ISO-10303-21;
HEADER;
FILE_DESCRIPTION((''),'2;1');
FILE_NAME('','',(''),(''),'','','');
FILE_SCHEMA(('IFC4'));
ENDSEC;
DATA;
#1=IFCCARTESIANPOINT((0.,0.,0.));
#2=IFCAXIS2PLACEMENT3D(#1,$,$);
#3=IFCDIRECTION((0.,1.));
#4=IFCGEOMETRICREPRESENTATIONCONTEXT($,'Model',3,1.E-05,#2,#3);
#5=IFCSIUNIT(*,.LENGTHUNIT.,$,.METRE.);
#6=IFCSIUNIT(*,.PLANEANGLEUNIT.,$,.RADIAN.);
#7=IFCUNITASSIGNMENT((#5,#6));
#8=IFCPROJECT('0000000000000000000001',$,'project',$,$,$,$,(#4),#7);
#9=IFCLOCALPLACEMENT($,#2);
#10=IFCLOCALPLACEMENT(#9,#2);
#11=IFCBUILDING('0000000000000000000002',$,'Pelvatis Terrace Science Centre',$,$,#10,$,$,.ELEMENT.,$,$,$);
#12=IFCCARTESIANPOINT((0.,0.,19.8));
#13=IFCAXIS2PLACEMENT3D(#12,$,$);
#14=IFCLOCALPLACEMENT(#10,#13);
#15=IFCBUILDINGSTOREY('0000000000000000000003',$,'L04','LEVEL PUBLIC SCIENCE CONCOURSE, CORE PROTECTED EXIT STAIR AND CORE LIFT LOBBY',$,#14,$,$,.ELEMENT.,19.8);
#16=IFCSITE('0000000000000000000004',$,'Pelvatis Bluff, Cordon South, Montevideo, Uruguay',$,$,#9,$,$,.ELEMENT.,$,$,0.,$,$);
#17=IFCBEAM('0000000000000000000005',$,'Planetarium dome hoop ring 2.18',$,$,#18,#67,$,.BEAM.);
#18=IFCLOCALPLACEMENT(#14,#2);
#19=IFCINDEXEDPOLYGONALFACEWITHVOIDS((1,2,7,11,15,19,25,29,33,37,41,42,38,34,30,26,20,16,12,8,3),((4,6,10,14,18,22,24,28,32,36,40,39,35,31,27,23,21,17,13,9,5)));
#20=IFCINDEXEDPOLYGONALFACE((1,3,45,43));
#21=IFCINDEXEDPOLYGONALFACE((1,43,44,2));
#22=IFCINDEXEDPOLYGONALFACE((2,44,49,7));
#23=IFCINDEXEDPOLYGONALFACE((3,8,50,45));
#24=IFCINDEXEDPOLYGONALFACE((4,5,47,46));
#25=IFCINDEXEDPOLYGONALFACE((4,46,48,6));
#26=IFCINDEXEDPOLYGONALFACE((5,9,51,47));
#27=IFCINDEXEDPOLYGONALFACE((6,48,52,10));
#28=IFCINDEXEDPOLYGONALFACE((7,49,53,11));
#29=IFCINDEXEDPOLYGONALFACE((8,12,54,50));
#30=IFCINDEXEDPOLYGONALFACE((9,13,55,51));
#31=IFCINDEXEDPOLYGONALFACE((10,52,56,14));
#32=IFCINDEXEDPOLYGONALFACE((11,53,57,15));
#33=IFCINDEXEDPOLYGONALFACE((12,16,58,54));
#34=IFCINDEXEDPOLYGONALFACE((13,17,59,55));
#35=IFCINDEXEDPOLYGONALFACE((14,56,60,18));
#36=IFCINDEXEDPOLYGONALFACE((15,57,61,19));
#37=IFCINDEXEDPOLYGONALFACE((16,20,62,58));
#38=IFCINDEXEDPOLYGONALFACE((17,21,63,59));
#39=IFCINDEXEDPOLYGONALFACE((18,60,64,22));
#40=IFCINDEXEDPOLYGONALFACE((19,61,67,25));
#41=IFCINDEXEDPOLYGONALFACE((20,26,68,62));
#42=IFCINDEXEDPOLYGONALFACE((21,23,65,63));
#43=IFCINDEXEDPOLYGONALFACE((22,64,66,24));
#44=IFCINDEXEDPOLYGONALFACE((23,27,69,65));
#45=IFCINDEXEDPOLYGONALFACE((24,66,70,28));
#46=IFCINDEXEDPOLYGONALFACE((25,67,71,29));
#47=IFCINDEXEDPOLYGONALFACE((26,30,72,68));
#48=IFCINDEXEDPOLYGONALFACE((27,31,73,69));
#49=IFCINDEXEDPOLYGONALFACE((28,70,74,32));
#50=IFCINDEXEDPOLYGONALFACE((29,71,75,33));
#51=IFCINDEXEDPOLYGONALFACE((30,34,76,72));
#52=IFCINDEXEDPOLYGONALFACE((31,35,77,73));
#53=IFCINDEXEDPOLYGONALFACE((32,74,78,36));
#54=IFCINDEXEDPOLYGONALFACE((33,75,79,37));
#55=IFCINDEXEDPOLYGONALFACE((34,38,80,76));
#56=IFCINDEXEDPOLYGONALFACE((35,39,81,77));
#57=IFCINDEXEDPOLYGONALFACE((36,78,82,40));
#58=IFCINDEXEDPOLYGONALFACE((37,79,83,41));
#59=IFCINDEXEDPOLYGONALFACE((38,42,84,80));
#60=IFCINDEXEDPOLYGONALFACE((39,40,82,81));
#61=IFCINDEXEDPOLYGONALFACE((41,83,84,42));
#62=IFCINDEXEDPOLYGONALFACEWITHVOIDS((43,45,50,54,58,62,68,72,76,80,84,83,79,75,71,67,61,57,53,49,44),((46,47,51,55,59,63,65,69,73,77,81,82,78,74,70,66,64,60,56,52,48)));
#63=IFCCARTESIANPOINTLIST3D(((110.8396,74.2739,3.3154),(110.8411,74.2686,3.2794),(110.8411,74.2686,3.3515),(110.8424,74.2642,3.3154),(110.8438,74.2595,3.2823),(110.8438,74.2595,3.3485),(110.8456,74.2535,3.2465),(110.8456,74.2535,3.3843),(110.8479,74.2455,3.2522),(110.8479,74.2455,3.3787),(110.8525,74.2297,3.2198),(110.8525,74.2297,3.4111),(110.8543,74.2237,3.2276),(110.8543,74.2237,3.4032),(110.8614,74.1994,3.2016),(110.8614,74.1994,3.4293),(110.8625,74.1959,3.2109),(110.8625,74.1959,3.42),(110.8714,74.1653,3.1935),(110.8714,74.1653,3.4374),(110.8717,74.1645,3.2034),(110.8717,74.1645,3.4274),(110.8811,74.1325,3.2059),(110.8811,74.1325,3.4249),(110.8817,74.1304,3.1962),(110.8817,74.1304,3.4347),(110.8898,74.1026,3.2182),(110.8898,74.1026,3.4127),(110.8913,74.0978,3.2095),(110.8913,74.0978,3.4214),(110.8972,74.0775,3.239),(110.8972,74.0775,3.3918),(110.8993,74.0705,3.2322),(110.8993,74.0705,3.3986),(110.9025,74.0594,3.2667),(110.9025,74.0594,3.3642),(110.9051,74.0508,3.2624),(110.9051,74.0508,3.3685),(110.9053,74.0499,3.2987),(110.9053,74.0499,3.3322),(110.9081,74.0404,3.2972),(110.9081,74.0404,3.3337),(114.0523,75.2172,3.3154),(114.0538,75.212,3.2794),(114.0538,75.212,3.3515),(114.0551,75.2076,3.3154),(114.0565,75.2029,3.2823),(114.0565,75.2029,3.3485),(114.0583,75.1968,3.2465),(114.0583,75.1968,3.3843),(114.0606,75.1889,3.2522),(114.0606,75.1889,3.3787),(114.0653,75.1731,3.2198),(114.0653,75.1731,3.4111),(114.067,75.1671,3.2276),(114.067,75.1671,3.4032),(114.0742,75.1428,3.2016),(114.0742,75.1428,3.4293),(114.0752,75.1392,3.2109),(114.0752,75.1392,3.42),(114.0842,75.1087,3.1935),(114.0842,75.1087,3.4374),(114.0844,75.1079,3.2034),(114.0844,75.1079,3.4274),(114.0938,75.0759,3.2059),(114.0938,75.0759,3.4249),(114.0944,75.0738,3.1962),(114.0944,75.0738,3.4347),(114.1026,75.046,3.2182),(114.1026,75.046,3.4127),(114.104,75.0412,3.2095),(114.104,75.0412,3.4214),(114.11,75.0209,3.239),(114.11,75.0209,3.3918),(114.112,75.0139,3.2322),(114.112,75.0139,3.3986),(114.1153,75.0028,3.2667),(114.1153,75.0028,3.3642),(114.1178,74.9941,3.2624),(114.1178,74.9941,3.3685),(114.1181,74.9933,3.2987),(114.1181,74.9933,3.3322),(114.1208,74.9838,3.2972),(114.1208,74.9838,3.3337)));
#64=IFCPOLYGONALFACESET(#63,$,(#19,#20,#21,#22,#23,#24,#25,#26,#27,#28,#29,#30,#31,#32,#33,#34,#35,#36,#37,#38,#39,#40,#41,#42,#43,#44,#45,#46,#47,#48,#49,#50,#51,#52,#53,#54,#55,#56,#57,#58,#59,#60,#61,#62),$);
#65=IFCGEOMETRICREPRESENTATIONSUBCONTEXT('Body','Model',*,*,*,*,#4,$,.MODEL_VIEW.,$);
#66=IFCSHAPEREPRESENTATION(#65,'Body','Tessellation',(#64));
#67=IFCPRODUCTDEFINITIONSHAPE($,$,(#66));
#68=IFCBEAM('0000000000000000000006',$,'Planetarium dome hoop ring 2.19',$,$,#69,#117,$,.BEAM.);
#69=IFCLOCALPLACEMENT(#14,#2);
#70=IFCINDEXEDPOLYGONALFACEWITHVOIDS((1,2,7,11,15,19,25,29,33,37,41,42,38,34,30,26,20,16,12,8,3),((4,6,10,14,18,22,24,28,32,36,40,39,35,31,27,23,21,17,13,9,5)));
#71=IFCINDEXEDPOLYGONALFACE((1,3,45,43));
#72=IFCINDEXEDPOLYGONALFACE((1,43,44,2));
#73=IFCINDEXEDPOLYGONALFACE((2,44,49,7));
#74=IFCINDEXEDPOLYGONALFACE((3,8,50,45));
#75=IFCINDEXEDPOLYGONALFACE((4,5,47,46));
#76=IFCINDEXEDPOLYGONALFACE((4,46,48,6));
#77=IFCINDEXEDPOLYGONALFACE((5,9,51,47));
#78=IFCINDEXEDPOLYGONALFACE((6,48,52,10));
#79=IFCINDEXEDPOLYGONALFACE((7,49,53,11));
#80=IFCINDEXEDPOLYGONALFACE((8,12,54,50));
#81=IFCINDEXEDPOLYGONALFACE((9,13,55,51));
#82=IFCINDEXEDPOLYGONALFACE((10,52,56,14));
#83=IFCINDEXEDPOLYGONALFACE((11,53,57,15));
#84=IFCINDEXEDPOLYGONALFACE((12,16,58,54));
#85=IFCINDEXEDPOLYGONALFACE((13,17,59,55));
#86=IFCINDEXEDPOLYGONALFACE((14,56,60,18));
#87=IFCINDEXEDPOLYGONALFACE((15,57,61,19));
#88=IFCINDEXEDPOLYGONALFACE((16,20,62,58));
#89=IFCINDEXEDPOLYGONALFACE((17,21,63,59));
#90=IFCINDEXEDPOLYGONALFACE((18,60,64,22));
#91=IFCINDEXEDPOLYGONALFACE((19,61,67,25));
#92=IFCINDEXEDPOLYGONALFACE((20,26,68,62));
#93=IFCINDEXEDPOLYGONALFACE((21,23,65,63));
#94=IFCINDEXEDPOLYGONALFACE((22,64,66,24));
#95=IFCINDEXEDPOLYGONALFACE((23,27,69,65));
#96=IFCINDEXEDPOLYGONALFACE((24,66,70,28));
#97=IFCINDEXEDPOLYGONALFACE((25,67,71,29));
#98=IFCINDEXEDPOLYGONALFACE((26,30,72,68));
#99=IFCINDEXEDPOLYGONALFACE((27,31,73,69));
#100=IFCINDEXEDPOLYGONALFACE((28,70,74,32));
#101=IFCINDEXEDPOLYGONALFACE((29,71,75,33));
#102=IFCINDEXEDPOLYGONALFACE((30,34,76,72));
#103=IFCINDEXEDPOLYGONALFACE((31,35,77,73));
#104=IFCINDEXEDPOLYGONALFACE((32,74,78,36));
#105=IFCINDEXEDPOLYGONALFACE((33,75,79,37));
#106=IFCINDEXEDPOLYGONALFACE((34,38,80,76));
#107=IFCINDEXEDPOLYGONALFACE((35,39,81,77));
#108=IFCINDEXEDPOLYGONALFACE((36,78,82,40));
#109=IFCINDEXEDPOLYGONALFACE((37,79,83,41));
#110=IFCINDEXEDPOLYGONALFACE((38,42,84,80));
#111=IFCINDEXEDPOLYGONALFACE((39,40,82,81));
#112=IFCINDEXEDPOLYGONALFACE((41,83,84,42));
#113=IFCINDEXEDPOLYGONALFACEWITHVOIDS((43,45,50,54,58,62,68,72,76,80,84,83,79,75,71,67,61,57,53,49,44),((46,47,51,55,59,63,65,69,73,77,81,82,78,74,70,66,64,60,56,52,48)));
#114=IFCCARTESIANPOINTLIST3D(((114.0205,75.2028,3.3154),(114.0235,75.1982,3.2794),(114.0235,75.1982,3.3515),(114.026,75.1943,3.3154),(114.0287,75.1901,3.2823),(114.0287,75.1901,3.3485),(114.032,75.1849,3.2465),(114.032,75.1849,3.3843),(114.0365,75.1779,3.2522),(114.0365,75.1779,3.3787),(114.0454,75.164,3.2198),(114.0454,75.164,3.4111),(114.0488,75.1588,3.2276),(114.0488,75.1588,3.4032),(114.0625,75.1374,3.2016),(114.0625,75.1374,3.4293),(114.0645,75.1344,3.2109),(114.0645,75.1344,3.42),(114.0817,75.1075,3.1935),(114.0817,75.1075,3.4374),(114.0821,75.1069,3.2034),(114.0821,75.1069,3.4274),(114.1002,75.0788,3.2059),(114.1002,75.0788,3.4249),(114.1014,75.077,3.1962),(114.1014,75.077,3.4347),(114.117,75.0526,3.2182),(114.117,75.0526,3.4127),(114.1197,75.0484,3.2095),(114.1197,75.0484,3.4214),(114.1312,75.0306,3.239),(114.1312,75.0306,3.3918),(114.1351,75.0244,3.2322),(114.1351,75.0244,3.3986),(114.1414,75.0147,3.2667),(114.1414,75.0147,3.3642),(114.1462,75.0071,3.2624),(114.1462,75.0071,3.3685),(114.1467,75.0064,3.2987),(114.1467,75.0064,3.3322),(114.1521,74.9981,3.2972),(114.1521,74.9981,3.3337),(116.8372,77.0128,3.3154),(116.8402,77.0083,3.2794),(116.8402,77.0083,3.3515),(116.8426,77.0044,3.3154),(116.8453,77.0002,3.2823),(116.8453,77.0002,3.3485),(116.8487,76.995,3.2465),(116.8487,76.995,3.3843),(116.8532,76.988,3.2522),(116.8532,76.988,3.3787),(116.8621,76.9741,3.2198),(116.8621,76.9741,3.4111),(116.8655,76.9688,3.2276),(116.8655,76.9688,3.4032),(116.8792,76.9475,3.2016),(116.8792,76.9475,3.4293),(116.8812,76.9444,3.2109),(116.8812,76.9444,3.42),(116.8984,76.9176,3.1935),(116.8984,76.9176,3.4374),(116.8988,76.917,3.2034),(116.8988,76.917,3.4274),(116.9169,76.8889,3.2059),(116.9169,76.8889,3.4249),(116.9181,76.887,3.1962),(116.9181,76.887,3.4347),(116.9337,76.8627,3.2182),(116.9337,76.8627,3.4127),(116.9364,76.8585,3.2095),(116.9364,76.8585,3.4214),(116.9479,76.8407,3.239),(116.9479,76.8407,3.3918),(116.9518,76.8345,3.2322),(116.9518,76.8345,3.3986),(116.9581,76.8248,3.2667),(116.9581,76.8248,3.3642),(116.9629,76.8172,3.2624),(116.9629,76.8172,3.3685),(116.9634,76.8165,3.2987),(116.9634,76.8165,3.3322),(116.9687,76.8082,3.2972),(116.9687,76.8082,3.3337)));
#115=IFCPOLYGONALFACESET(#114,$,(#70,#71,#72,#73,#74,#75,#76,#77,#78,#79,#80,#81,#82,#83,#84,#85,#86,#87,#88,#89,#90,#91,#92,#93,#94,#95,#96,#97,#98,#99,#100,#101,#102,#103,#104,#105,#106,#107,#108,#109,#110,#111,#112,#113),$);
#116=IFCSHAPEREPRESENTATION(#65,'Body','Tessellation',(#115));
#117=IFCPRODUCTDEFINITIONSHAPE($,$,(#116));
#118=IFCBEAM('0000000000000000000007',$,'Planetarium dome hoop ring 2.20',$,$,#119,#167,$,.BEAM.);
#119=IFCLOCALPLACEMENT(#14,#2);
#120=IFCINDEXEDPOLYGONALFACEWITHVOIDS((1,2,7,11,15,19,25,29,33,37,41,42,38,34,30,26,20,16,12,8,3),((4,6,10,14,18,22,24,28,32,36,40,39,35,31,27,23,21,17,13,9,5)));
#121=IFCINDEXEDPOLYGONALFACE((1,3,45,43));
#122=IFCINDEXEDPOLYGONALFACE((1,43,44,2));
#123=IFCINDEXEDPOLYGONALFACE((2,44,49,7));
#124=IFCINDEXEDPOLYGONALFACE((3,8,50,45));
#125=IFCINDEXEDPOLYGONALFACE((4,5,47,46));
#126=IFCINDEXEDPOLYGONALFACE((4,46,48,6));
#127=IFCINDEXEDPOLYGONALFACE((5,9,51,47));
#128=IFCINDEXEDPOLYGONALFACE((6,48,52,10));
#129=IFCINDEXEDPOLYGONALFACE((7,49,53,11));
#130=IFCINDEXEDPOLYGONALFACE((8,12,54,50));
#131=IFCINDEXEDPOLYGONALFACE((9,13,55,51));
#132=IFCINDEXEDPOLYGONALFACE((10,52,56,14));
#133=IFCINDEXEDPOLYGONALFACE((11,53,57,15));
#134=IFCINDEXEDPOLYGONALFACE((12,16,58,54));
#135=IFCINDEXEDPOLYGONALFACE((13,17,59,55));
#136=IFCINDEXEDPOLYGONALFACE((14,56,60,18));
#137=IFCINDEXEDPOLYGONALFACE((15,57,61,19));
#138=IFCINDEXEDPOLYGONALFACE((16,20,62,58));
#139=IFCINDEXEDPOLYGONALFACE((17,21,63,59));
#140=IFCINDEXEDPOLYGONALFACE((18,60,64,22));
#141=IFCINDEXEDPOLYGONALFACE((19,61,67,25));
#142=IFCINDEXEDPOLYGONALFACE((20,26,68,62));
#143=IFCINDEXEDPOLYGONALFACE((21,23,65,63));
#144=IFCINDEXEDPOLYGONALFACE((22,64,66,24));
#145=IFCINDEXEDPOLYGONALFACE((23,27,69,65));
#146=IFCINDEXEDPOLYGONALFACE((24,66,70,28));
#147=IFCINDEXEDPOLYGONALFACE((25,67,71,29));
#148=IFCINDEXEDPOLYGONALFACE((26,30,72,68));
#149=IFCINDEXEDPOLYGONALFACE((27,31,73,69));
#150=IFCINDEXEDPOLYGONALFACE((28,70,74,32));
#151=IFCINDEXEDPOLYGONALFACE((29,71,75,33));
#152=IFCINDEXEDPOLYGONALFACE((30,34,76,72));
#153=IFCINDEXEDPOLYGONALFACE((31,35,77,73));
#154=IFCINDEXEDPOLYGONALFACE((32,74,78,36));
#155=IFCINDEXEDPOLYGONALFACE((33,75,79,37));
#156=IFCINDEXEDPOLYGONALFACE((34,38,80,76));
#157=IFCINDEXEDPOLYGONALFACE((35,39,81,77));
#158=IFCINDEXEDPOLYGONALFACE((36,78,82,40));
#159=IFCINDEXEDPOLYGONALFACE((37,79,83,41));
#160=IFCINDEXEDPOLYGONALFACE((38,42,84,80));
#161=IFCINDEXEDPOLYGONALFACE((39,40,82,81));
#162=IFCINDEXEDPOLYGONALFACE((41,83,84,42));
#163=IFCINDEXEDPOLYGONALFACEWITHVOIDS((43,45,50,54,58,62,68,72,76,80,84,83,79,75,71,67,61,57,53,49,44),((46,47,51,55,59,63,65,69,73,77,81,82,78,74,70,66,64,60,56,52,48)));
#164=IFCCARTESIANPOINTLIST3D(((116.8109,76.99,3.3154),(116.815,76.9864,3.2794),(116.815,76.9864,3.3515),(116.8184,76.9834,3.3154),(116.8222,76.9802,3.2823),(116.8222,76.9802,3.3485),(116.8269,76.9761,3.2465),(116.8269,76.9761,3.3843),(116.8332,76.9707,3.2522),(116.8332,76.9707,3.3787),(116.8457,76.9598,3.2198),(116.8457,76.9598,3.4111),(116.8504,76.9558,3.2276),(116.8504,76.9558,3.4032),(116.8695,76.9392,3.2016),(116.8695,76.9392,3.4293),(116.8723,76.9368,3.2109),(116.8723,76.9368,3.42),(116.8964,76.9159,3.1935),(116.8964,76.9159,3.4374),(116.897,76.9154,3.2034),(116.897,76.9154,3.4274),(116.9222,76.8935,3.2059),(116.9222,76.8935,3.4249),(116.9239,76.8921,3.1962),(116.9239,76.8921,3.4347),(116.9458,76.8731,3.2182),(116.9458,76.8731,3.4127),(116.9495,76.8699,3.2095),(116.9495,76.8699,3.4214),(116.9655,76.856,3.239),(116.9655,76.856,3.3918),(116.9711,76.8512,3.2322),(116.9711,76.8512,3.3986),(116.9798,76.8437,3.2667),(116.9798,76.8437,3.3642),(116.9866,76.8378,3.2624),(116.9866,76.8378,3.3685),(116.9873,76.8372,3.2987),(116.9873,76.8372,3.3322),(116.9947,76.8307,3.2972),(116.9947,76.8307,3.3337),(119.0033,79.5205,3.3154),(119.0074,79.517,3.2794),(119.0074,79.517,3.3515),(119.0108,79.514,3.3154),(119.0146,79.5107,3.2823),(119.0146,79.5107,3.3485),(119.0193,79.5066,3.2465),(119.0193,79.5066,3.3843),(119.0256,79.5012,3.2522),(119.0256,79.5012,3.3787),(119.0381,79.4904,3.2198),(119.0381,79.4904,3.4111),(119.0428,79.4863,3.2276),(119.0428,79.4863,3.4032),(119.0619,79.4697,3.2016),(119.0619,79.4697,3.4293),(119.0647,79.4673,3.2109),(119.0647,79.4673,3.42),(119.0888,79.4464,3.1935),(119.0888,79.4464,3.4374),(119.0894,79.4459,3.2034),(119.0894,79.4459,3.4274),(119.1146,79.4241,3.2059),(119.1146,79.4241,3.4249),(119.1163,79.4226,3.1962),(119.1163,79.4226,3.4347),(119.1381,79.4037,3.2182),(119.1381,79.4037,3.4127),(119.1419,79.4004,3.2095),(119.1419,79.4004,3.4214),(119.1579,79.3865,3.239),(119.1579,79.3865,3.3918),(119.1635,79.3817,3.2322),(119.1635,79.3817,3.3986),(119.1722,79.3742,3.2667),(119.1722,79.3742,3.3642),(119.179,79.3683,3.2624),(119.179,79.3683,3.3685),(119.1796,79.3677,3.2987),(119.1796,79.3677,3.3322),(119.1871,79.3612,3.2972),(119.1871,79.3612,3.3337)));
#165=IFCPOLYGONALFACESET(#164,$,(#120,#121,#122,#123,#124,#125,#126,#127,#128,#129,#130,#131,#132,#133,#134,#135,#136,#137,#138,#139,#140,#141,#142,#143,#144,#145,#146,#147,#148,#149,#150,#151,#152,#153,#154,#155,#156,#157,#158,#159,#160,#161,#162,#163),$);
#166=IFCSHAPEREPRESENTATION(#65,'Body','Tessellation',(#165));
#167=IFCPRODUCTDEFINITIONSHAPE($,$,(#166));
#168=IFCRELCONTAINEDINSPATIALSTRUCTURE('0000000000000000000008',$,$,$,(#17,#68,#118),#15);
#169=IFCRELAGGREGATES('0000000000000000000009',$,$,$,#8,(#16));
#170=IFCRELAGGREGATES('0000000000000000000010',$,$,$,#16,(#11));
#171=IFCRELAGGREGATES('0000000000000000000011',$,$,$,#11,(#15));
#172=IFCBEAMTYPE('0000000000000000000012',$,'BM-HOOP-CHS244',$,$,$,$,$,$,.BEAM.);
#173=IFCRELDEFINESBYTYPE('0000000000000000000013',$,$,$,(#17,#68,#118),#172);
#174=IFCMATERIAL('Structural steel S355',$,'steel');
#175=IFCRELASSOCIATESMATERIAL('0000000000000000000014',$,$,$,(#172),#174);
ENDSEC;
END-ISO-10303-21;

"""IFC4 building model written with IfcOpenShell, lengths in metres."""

from ifc_helpers import new_model, si_unit, direction, frame, origin, origin_2d, place, context, subcontext, project, spatial, hollow_circle, extrude, material, material_profile, profile_set, type_object, element, save


model = new_model("IFC4")

# Units and contexts
model_context = context("Model", 3, precision=1e-05, world=origin(), true_north=direction((0.0, 1.0)))
body_context = subcontext(model_context, "Body", "Model", "MODEL_VIEW")
ifc_project = project(units=[si_unit("LENGTHUNIT", "METRE"), si_unit("PLANEANGLEUNIT", "RADIAN")], contexts=[model_context])

# Site, building, storey
site_placement = place(None, origin())
site = spatial("IfcSite", under=ifc_project, at=site_placement, Name="Pelvatis Bluff, Cordon South, Montevideo, Uruguay", CompositionType="ELEMENT", RefElevation=0.0)
building_placement = place(site_placement, origin())
building = spatial("IfcBuilding", under=site, at=building_placement, Name="Pelvatis Terrace Science Centre", CompositionType="ELEMENT")
storey_placement = place(building_placement, frame((0.0, 0.0, 19.8)))
storey = spatial("IfcBuildingStorey", under=building, at=storey_placement, Name="L04", Description="LEVEL PUBLIC SCIENCE CONCOURSE, CORE PROTECTED EXIT STAIR AND CORE LIFT LOBBY", CompositionType="ELEMENT", Elevation=19.8)

# Beams
ifc_material_1 = material(Name="Structural steel S355", Category="steel")
ifc_material_profile_1 = material_profile(ifc_material_1, hollow_circle(Radius=0.1223, WallThickness=0.01, at=origin_2d()), Name="CHS 244.5x10.0")
ifc_profile_set_1 = profile_set([ifc_material_profile_1], Name="Structural steel S355")
beam_type_1 = type_object("IfcBeamType", Name="BM-HOOP-CHS244", PredefinedType="BEAM", material=ifc_profile_set_1)
beam_1_placement = place(storey_placement, frame((110.874, 74.1565, 3.3154), z_axis=(0.95949, 0.281744, 0.0), x_axis=(-0.281744, 0.95949, 0.0)))
element("IfcBeam", 1, at=beam_1_placement, inside=storey, type_object=beam_type_1, Name="Planetarium dome hoop ring 2.18", PredefinedType="BEAM", context=body_context, shape_type="SweptSolid", body=[
    extrude(hollow_circle(Radius=0.1223, WallThickness=0.01, at=origin_2d()), origin(), (0.0, 0.0, 1.0), 3.3484),
])
for number, where, z_axis, x_axis, name in (
    (2, (114.0867, 75.0999, 3.3154), (0.841266, 0.540621, 0.0), (-0.540621, 0.841266, 0.0), "Planetarium dome hoop ring 2.19"),
    (3, (116.9033, 76.9099, 3.3154), (0.654806, 0.755797, 0.0), (-0.755797, 0.654806, 0.0), "Planetarium dome hoop ring 2.20"),
):
    element("IfcBeam", number, at=place(storey_placement, frame(where, z_axis=z_axis, x_axis=x_axis)), inside=storey, type_object=beam_type_1, Name=name, PredefinedType="BEAM", context=body_context, shape_type="SweptSolid", body=[
        extrude(hollow_circle(Radius=0.1223, WallThickness=0.01, at=origin_2d()), origin(), (0.0, 0.0, 1.0), 3.3481),
    ])

save(model, "model.ifc")
